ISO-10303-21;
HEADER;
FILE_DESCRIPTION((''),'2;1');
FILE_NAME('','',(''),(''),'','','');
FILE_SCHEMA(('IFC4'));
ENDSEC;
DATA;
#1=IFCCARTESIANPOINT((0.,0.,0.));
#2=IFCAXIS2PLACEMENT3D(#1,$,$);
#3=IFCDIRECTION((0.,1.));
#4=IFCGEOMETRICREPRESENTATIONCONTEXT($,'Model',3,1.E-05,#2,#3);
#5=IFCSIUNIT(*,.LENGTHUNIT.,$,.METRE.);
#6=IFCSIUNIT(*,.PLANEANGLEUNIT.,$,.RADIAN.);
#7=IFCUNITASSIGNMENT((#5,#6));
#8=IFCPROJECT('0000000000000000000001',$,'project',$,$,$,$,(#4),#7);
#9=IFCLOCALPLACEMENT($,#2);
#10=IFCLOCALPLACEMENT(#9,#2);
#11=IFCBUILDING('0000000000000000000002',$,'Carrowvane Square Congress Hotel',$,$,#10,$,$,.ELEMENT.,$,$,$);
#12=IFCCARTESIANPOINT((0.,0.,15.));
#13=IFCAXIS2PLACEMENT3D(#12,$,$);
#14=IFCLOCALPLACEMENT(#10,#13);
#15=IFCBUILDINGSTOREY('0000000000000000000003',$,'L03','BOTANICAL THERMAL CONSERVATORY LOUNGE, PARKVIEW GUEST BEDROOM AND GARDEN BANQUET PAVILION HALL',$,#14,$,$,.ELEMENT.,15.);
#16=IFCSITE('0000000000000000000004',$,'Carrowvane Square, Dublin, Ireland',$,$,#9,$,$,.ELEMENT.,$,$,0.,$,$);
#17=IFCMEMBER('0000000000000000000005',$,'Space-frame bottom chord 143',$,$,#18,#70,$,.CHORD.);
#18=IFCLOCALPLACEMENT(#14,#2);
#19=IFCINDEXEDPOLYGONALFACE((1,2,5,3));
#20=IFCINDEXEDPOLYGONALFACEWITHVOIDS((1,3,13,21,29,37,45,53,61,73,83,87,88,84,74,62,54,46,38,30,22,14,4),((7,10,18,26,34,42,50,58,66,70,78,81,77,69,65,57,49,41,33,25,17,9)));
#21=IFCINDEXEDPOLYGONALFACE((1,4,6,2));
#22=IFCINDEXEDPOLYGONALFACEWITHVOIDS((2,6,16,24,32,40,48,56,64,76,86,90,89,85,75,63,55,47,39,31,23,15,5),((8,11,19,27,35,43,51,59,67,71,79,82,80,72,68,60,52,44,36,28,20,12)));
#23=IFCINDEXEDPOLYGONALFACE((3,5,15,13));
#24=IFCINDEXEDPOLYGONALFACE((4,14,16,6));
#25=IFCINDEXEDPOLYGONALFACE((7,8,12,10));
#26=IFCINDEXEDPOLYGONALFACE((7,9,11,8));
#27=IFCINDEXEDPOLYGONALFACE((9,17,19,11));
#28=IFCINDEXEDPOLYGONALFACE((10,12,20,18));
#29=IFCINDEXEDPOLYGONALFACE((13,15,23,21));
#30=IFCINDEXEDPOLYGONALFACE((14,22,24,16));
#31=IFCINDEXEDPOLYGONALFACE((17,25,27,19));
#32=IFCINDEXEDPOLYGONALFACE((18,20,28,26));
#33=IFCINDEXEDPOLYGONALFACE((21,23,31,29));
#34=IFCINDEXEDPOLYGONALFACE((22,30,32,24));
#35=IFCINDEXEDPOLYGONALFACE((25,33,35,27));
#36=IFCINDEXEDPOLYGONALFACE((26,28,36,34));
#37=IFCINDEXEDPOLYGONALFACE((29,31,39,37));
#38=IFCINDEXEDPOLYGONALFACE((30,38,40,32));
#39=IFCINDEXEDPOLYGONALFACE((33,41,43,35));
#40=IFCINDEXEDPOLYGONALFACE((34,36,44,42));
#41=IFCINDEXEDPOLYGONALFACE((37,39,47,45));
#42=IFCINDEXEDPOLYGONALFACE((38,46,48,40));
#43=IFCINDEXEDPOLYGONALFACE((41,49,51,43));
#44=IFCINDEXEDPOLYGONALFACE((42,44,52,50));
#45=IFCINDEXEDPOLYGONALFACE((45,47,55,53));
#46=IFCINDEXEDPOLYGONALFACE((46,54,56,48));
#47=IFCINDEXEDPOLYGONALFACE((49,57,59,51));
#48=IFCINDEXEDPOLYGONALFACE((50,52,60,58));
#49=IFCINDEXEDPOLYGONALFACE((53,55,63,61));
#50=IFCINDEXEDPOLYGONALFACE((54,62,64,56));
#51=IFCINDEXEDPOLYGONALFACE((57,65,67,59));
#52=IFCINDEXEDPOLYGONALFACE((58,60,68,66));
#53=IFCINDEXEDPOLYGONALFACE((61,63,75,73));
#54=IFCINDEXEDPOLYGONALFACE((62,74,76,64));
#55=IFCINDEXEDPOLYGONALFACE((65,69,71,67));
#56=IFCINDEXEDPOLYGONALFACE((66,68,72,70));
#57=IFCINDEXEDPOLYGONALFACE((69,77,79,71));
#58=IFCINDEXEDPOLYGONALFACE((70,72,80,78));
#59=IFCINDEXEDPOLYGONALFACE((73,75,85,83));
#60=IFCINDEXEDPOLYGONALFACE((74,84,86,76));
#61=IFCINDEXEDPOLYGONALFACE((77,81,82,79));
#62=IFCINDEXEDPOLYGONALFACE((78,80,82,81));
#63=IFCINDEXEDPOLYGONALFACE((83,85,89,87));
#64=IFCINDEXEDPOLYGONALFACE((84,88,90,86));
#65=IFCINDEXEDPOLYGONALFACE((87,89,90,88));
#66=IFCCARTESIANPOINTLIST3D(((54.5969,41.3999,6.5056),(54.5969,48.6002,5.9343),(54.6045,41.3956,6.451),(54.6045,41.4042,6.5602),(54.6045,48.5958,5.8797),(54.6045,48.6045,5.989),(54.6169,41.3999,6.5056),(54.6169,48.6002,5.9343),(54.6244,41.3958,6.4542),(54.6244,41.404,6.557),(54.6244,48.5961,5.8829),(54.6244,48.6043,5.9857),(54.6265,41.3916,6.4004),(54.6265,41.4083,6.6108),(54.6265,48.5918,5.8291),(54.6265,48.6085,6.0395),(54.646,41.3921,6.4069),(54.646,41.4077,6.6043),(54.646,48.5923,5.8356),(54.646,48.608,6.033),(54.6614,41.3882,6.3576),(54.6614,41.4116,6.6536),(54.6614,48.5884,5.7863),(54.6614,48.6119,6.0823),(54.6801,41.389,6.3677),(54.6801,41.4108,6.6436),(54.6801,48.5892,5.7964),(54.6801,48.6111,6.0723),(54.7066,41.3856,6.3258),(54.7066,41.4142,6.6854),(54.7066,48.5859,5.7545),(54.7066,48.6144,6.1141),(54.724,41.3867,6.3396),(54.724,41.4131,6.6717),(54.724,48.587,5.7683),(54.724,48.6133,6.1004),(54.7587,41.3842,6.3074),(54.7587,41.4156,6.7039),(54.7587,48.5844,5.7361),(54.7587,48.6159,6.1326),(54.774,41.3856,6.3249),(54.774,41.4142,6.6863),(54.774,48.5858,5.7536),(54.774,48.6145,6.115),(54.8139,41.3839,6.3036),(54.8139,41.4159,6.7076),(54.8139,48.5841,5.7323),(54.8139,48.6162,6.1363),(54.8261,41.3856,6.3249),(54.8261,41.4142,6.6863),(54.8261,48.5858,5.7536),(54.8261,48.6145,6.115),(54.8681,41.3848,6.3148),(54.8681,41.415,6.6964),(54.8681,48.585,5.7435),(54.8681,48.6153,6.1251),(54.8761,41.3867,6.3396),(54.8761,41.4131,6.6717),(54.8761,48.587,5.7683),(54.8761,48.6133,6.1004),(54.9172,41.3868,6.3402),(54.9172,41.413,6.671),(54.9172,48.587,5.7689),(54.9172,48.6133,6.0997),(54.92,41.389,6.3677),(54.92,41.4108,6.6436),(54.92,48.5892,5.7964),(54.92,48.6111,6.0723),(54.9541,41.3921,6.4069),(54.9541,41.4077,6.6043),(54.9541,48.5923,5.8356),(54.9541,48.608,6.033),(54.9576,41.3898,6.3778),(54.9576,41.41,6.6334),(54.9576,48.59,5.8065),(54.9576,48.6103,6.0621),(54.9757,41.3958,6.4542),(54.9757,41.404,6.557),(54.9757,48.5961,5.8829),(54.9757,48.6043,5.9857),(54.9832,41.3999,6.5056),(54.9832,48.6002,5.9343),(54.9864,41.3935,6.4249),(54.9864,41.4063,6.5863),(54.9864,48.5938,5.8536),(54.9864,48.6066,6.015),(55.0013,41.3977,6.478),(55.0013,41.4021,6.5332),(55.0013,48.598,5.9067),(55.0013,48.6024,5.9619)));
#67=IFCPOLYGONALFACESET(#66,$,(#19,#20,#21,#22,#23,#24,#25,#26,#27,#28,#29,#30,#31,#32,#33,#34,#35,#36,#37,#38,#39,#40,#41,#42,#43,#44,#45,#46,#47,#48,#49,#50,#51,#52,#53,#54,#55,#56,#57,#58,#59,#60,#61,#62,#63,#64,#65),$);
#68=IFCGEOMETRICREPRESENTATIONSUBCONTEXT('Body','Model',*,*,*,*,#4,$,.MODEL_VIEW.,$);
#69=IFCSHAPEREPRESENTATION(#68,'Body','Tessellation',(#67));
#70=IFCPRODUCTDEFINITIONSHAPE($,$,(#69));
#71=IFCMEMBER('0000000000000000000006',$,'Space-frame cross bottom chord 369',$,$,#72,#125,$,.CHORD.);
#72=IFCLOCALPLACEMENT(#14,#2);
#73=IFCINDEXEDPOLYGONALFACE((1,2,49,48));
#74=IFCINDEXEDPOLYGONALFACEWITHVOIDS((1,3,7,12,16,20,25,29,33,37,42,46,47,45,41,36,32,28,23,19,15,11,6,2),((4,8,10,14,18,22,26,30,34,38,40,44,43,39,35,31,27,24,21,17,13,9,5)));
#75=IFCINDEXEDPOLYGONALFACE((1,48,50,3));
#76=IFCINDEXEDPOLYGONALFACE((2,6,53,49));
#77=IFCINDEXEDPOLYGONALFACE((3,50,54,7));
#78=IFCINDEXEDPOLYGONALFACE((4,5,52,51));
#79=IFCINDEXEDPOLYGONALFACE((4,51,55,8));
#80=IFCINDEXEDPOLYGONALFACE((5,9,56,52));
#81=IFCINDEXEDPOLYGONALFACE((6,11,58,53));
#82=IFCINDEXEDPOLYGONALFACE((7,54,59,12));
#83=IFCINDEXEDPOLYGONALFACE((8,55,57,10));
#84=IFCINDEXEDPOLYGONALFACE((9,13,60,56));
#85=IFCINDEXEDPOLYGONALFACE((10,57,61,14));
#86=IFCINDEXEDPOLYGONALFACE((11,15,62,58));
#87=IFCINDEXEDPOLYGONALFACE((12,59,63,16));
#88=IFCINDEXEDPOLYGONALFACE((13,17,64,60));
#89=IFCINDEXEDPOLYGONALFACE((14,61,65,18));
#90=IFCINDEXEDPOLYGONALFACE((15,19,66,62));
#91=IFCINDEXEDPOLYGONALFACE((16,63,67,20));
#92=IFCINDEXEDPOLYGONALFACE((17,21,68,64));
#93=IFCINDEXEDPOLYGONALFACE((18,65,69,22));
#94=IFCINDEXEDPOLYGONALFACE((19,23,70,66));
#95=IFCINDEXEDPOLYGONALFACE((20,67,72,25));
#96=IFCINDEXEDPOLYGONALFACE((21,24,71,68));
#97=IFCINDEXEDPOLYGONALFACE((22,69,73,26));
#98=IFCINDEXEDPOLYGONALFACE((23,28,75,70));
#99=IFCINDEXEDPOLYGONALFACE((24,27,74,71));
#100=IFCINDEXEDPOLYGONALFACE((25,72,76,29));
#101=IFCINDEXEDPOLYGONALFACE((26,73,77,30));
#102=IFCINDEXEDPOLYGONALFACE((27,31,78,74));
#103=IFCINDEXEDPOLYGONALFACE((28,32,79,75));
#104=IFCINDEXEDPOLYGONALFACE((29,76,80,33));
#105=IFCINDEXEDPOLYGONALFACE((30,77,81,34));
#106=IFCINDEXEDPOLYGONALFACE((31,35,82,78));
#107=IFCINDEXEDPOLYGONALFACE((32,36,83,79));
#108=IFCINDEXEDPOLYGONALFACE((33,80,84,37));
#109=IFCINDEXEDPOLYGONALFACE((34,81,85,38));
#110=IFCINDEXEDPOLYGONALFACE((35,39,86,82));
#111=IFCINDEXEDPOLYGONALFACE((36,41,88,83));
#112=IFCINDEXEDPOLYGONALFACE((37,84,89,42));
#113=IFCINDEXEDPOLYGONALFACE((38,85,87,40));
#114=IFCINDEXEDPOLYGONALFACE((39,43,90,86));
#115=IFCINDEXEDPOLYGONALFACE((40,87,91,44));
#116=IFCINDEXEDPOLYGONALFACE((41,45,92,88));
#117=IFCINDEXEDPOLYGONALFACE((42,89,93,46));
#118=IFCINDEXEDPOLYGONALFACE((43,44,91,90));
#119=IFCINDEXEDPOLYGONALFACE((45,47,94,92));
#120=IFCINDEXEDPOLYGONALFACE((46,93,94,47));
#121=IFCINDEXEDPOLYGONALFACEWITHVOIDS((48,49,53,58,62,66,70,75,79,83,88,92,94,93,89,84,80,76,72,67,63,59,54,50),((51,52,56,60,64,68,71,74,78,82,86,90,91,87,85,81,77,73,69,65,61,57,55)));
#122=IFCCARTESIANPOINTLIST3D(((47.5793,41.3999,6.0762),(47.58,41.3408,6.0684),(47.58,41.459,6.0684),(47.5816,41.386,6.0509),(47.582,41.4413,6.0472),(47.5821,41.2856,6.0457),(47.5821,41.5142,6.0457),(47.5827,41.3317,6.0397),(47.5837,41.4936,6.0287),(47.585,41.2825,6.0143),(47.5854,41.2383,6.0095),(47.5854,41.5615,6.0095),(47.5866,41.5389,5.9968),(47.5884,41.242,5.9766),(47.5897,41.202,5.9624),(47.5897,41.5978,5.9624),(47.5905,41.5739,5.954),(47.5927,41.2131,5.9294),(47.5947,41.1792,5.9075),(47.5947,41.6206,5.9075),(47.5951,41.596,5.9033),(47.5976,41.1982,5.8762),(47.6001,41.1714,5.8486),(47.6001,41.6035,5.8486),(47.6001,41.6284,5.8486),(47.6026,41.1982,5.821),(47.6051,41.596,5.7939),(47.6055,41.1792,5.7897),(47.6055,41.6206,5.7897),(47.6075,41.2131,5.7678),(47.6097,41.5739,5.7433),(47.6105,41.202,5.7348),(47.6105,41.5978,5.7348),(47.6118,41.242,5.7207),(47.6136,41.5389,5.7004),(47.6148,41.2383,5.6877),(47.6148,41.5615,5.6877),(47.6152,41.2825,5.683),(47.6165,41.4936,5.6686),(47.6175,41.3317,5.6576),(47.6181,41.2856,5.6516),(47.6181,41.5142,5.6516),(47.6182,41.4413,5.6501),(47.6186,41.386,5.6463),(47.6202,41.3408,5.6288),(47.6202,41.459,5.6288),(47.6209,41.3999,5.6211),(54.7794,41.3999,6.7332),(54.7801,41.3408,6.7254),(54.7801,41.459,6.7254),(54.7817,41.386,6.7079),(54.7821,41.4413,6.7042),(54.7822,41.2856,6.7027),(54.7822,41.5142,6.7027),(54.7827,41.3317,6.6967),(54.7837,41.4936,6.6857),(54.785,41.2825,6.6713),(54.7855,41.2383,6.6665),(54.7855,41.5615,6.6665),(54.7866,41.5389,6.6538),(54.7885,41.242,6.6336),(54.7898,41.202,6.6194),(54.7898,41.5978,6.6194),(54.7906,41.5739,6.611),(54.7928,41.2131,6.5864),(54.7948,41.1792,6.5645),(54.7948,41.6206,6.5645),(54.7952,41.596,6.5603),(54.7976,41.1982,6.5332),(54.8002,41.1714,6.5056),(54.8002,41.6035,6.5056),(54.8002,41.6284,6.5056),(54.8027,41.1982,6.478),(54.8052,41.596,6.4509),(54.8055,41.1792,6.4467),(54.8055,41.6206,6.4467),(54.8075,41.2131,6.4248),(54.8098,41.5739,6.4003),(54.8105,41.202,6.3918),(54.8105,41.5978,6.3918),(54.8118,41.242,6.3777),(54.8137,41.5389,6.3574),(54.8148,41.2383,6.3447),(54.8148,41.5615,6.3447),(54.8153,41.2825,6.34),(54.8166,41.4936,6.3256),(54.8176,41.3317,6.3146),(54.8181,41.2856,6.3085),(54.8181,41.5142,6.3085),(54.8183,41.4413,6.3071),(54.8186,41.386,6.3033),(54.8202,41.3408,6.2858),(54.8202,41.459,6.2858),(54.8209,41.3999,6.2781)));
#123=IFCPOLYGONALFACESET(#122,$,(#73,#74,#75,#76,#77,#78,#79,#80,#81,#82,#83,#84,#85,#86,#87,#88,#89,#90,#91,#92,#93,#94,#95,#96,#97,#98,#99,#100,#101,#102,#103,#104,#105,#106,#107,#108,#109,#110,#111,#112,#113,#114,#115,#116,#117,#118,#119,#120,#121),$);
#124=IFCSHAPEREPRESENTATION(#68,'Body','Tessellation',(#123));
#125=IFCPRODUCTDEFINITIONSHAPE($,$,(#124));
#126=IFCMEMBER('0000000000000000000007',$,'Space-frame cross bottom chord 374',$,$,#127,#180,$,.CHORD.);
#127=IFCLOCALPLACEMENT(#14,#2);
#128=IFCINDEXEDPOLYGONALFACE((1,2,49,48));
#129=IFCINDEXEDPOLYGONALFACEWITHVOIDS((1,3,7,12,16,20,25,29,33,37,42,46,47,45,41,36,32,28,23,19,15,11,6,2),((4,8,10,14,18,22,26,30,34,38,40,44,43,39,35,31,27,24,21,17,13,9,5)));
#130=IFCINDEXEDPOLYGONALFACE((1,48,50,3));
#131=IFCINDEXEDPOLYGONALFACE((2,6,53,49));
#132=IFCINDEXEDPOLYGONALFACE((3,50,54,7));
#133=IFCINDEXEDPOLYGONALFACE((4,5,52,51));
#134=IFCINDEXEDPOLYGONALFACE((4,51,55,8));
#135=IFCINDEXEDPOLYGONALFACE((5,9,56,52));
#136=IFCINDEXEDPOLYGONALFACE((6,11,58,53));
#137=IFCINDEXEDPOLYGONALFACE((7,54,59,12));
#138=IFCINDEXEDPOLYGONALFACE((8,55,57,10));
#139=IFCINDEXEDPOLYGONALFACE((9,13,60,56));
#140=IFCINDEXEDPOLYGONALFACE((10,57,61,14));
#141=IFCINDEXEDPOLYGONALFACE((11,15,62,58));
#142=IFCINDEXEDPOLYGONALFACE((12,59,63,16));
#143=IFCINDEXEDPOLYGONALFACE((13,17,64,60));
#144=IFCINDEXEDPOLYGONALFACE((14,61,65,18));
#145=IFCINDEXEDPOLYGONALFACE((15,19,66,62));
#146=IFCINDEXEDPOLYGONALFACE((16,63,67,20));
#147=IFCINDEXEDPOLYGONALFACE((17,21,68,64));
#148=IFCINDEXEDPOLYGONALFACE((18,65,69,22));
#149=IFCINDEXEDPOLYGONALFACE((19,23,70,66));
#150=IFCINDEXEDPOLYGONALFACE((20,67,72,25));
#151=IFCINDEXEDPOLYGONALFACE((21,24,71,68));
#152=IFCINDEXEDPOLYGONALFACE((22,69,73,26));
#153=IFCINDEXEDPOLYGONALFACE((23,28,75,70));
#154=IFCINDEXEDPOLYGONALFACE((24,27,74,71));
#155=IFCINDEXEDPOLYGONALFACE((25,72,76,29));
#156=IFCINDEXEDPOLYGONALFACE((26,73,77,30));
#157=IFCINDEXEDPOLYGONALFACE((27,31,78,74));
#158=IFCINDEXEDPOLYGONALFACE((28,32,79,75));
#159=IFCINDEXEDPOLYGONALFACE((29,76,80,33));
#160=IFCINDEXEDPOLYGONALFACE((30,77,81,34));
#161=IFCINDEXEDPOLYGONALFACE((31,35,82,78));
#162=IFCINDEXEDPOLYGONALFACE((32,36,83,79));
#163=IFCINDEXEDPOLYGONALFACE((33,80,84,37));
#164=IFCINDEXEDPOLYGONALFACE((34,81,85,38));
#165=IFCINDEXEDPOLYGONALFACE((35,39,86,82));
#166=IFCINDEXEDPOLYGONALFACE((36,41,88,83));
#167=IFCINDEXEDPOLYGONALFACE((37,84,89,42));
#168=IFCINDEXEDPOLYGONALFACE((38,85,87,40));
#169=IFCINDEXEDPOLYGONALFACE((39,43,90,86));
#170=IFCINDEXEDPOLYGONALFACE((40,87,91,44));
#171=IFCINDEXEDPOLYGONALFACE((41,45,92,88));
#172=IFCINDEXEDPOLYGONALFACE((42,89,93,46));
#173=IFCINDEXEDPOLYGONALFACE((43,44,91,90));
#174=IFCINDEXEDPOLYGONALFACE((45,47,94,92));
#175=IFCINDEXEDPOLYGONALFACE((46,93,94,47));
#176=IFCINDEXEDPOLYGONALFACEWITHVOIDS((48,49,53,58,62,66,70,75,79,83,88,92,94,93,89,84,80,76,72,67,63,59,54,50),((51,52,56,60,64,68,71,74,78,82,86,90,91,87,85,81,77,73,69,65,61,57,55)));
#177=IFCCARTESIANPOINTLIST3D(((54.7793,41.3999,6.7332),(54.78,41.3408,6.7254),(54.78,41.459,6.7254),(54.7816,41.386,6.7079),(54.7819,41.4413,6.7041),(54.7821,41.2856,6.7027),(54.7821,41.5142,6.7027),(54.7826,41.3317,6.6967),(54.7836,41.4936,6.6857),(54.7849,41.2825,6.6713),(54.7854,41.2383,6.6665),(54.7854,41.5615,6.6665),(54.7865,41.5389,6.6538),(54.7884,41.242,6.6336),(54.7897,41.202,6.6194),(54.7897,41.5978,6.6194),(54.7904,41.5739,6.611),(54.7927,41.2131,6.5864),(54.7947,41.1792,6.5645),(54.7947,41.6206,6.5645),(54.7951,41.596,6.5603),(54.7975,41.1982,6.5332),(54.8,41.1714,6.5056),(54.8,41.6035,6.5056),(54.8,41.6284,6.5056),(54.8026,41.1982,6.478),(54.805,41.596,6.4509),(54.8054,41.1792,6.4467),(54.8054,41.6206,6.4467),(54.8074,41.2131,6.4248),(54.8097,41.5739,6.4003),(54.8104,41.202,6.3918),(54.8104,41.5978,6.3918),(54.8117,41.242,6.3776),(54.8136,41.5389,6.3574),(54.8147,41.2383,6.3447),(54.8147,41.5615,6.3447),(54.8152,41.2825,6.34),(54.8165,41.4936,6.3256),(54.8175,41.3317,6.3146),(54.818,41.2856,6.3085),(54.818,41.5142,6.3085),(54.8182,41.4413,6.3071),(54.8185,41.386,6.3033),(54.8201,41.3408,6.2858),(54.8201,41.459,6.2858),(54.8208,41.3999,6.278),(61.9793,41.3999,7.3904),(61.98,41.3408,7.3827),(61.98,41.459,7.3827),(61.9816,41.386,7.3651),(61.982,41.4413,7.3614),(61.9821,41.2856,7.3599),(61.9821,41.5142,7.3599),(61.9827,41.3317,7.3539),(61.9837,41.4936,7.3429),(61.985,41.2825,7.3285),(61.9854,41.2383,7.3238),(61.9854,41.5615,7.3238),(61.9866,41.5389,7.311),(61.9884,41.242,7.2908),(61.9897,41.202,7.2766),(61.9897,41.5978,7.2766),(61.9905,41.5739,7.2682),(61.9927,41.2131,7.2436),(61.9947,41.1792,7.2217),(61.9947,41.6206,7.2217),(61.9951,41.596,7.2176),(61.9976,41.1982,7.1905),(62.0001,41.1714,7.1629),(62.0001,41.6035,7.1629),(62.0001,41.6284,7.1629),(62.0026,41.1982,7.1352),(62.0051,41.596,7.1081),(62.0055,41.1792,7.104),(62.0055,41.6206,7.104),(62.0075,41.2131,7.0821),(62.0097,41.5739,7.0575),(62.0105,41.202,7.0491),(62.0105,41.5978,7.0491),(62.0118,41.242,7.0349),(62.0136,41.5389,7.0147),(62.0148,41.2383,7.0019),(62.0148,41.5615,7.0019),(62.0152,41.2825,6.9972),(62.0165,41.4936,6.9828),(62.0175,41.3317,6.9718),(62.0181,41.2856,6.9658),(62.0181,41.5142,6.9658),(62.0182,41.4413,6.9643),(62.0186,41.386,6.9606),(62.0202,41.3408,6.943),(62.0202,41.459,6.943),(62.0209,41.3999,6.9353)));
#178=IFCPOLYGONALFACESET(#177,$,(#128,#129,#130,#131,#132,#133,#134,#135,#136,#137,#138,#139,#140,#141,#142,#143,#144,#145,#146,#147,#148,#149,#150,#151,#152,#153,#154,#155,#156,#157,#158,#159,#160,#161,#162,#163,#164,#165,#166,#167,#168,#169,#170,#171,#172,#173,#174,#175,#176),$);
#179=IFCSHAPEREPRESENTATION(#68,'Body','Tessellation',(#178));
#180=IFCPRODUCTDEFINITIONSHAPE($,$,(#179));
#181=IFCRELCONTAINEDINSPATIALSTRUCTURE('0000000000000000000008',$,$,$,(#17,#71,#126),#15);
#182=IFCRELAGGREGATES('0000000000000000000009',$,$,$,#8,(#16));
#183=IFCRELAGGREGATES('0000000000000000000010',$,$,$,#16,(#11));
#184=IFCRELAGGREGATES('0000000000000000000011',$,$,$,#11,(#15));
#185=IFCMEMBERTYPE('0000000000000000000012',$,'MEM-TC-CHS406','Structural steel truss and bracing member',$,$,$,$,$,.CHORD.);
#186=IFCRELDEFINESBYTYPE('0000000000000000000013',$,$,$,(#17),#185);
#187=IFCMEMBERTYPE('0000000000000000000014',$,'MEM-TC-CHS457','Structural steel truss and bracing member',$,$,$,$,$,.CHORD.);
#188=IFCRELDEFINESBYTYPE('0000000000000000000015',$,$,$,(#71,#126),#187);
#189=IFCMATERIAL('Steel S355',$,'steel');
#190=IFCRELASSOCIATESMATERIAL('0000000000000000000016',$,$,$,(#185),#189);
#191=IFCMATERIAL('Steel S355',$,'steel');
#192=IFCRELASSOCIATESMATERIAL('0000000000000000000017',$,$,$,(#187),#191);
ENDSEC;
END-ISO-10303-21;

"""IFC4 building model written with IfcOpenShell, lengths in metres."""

from ifc_helpers import new_model, si_unit, direction, frame, origin, origin_2d, place, context, subcontext, project, spatial, hollow_circle, extrude, material, material_profile, profile_set, type_object, element, save


model = new_model("IFC4")

# Units and contexts
model_context = context("Model", 3, precision=1e-05, world=origin(), true_north=direction((0.0, 1.0)))
body_context = subcontext(model_context, "Body", "Model", "MODEL_VIEW")
ifc_project = project(units=[si_unit("LENGTHUNIT", "METRE"), si_unit("PLANEANGLEUNIT", "RADIAN")], contexts=[model_context])

# Site, building, storey
site_placement = place(None, origin())
site = spatial("IfcSite", under=ifc_project, at=site_placement, Name="Carrowvane Square, Dublin, Ireland", CompositionType="ELEMENT", RefElevation=0.0)
building_placement = place(site_placement, origin())
building = spatial("IfcBuilding", under=site, at=building_placement, Name="Carrowvane Square Congress Hotel", CompositionType="ELEMENT")
storey_placement = place(building_placement, frame((0.0, 0.0, 15.0)))
storey = spatial("IfcBuildingStorey", under=building, at=storey_placement, Name="L03", Description="BOTANICAL THERMAL CONSERVATORY LOUNGE, PARKVIEW GUEST BEDROOM AND GARDEN BANQUET PAVILION HALL", CompositionType="ELEMENT", Elevation=15.0)

# Members
ifc_material_1 = material(Name="Steel S355", Category="steel")
ifc_material_profile_1 = material_profile(ifc_material_1, hollow_circle(Radius=0.2031, WallThickness=0.02, at=origin_2d()), Name="CHS 406.4x20")
ifc_profile_set_1 = profile_set([ifc_material_profile_1], Name="Steel S355")
member_type_1 = type_object("IfcMemberType", Name="MEM-TC-CHS406", Description="Structural steel truss and bracing member", PredefinedType="CHORD", material=ifc_profile_set_1)
member_1_placement = place(storey_placement, frame((54.8, 41.3999, 6.5056), z_axis=(0.0, 0.996867, -0.079095), x_axis=(-1.0, 0.0, 0.0)))
element("IfcMember", 1, at=member_1_placement, inside=storey, type_object=member_type_1, Name="Space-frame bottom chord 143", PredefinedType="CHORD", context=body_context, shape_type="SweptSolid", body=[
    extrude(hollow_circle(Radius=0.2031, WallThickness=0.02, at=origin_2d()), origin(), (0.0, 0.0, 1.0), 7.2229),
])
ifc_material_2 = material(Name="Steel S355", Category="steel")
ifc_material_profile_2 = material_profile(ifc_material_2, hollow_circle(Radius=0.2285, WallThickness=0.0249, at=origin_2d()), Name="CHS 457.0x25")
ifc_profile_set_2 = profile_set([ifc_material_profile_2], Name="Steel S355")
member_type_2 = type_object("IfcMemberType", Name="MEM-TC-CHS457", Description="Structural steel truss and bracing member", PredefinedType="CHORD", material=ifc_profile_set_2)
for number, where, z_axis, x_axis, name in (
    (2, (47.6001, 41.3999, 5.8486), (0.995863, 0.0, 0.090871), (0.0, 1.0, 0.0), "Space-frame cross bottom chord 369"),
    (3, (54.8, 41.3999, 6.5056), (0.99586, 0.0, 0.090904), (0.0, 1.0, 0.0), "Space-frame cross bottom chord 374"),
):
    element("IfcMember", number, at=place(storey_placement, frame(where, z_axis=z_axis, x_axis=x_axis)), inside=storey, type_object=member_type_2, Name=name, PredefinedType="CHORD", context=body_context, shape_type="SweptSolid", body=[
        extrude(hollow_circle(Radius=0.2285, WallThickness=0.0249, at=origin_2d()), origin(), (0.0, 0.0, 1.0), 7.23),
    ])

save(model, "model.ifc")
